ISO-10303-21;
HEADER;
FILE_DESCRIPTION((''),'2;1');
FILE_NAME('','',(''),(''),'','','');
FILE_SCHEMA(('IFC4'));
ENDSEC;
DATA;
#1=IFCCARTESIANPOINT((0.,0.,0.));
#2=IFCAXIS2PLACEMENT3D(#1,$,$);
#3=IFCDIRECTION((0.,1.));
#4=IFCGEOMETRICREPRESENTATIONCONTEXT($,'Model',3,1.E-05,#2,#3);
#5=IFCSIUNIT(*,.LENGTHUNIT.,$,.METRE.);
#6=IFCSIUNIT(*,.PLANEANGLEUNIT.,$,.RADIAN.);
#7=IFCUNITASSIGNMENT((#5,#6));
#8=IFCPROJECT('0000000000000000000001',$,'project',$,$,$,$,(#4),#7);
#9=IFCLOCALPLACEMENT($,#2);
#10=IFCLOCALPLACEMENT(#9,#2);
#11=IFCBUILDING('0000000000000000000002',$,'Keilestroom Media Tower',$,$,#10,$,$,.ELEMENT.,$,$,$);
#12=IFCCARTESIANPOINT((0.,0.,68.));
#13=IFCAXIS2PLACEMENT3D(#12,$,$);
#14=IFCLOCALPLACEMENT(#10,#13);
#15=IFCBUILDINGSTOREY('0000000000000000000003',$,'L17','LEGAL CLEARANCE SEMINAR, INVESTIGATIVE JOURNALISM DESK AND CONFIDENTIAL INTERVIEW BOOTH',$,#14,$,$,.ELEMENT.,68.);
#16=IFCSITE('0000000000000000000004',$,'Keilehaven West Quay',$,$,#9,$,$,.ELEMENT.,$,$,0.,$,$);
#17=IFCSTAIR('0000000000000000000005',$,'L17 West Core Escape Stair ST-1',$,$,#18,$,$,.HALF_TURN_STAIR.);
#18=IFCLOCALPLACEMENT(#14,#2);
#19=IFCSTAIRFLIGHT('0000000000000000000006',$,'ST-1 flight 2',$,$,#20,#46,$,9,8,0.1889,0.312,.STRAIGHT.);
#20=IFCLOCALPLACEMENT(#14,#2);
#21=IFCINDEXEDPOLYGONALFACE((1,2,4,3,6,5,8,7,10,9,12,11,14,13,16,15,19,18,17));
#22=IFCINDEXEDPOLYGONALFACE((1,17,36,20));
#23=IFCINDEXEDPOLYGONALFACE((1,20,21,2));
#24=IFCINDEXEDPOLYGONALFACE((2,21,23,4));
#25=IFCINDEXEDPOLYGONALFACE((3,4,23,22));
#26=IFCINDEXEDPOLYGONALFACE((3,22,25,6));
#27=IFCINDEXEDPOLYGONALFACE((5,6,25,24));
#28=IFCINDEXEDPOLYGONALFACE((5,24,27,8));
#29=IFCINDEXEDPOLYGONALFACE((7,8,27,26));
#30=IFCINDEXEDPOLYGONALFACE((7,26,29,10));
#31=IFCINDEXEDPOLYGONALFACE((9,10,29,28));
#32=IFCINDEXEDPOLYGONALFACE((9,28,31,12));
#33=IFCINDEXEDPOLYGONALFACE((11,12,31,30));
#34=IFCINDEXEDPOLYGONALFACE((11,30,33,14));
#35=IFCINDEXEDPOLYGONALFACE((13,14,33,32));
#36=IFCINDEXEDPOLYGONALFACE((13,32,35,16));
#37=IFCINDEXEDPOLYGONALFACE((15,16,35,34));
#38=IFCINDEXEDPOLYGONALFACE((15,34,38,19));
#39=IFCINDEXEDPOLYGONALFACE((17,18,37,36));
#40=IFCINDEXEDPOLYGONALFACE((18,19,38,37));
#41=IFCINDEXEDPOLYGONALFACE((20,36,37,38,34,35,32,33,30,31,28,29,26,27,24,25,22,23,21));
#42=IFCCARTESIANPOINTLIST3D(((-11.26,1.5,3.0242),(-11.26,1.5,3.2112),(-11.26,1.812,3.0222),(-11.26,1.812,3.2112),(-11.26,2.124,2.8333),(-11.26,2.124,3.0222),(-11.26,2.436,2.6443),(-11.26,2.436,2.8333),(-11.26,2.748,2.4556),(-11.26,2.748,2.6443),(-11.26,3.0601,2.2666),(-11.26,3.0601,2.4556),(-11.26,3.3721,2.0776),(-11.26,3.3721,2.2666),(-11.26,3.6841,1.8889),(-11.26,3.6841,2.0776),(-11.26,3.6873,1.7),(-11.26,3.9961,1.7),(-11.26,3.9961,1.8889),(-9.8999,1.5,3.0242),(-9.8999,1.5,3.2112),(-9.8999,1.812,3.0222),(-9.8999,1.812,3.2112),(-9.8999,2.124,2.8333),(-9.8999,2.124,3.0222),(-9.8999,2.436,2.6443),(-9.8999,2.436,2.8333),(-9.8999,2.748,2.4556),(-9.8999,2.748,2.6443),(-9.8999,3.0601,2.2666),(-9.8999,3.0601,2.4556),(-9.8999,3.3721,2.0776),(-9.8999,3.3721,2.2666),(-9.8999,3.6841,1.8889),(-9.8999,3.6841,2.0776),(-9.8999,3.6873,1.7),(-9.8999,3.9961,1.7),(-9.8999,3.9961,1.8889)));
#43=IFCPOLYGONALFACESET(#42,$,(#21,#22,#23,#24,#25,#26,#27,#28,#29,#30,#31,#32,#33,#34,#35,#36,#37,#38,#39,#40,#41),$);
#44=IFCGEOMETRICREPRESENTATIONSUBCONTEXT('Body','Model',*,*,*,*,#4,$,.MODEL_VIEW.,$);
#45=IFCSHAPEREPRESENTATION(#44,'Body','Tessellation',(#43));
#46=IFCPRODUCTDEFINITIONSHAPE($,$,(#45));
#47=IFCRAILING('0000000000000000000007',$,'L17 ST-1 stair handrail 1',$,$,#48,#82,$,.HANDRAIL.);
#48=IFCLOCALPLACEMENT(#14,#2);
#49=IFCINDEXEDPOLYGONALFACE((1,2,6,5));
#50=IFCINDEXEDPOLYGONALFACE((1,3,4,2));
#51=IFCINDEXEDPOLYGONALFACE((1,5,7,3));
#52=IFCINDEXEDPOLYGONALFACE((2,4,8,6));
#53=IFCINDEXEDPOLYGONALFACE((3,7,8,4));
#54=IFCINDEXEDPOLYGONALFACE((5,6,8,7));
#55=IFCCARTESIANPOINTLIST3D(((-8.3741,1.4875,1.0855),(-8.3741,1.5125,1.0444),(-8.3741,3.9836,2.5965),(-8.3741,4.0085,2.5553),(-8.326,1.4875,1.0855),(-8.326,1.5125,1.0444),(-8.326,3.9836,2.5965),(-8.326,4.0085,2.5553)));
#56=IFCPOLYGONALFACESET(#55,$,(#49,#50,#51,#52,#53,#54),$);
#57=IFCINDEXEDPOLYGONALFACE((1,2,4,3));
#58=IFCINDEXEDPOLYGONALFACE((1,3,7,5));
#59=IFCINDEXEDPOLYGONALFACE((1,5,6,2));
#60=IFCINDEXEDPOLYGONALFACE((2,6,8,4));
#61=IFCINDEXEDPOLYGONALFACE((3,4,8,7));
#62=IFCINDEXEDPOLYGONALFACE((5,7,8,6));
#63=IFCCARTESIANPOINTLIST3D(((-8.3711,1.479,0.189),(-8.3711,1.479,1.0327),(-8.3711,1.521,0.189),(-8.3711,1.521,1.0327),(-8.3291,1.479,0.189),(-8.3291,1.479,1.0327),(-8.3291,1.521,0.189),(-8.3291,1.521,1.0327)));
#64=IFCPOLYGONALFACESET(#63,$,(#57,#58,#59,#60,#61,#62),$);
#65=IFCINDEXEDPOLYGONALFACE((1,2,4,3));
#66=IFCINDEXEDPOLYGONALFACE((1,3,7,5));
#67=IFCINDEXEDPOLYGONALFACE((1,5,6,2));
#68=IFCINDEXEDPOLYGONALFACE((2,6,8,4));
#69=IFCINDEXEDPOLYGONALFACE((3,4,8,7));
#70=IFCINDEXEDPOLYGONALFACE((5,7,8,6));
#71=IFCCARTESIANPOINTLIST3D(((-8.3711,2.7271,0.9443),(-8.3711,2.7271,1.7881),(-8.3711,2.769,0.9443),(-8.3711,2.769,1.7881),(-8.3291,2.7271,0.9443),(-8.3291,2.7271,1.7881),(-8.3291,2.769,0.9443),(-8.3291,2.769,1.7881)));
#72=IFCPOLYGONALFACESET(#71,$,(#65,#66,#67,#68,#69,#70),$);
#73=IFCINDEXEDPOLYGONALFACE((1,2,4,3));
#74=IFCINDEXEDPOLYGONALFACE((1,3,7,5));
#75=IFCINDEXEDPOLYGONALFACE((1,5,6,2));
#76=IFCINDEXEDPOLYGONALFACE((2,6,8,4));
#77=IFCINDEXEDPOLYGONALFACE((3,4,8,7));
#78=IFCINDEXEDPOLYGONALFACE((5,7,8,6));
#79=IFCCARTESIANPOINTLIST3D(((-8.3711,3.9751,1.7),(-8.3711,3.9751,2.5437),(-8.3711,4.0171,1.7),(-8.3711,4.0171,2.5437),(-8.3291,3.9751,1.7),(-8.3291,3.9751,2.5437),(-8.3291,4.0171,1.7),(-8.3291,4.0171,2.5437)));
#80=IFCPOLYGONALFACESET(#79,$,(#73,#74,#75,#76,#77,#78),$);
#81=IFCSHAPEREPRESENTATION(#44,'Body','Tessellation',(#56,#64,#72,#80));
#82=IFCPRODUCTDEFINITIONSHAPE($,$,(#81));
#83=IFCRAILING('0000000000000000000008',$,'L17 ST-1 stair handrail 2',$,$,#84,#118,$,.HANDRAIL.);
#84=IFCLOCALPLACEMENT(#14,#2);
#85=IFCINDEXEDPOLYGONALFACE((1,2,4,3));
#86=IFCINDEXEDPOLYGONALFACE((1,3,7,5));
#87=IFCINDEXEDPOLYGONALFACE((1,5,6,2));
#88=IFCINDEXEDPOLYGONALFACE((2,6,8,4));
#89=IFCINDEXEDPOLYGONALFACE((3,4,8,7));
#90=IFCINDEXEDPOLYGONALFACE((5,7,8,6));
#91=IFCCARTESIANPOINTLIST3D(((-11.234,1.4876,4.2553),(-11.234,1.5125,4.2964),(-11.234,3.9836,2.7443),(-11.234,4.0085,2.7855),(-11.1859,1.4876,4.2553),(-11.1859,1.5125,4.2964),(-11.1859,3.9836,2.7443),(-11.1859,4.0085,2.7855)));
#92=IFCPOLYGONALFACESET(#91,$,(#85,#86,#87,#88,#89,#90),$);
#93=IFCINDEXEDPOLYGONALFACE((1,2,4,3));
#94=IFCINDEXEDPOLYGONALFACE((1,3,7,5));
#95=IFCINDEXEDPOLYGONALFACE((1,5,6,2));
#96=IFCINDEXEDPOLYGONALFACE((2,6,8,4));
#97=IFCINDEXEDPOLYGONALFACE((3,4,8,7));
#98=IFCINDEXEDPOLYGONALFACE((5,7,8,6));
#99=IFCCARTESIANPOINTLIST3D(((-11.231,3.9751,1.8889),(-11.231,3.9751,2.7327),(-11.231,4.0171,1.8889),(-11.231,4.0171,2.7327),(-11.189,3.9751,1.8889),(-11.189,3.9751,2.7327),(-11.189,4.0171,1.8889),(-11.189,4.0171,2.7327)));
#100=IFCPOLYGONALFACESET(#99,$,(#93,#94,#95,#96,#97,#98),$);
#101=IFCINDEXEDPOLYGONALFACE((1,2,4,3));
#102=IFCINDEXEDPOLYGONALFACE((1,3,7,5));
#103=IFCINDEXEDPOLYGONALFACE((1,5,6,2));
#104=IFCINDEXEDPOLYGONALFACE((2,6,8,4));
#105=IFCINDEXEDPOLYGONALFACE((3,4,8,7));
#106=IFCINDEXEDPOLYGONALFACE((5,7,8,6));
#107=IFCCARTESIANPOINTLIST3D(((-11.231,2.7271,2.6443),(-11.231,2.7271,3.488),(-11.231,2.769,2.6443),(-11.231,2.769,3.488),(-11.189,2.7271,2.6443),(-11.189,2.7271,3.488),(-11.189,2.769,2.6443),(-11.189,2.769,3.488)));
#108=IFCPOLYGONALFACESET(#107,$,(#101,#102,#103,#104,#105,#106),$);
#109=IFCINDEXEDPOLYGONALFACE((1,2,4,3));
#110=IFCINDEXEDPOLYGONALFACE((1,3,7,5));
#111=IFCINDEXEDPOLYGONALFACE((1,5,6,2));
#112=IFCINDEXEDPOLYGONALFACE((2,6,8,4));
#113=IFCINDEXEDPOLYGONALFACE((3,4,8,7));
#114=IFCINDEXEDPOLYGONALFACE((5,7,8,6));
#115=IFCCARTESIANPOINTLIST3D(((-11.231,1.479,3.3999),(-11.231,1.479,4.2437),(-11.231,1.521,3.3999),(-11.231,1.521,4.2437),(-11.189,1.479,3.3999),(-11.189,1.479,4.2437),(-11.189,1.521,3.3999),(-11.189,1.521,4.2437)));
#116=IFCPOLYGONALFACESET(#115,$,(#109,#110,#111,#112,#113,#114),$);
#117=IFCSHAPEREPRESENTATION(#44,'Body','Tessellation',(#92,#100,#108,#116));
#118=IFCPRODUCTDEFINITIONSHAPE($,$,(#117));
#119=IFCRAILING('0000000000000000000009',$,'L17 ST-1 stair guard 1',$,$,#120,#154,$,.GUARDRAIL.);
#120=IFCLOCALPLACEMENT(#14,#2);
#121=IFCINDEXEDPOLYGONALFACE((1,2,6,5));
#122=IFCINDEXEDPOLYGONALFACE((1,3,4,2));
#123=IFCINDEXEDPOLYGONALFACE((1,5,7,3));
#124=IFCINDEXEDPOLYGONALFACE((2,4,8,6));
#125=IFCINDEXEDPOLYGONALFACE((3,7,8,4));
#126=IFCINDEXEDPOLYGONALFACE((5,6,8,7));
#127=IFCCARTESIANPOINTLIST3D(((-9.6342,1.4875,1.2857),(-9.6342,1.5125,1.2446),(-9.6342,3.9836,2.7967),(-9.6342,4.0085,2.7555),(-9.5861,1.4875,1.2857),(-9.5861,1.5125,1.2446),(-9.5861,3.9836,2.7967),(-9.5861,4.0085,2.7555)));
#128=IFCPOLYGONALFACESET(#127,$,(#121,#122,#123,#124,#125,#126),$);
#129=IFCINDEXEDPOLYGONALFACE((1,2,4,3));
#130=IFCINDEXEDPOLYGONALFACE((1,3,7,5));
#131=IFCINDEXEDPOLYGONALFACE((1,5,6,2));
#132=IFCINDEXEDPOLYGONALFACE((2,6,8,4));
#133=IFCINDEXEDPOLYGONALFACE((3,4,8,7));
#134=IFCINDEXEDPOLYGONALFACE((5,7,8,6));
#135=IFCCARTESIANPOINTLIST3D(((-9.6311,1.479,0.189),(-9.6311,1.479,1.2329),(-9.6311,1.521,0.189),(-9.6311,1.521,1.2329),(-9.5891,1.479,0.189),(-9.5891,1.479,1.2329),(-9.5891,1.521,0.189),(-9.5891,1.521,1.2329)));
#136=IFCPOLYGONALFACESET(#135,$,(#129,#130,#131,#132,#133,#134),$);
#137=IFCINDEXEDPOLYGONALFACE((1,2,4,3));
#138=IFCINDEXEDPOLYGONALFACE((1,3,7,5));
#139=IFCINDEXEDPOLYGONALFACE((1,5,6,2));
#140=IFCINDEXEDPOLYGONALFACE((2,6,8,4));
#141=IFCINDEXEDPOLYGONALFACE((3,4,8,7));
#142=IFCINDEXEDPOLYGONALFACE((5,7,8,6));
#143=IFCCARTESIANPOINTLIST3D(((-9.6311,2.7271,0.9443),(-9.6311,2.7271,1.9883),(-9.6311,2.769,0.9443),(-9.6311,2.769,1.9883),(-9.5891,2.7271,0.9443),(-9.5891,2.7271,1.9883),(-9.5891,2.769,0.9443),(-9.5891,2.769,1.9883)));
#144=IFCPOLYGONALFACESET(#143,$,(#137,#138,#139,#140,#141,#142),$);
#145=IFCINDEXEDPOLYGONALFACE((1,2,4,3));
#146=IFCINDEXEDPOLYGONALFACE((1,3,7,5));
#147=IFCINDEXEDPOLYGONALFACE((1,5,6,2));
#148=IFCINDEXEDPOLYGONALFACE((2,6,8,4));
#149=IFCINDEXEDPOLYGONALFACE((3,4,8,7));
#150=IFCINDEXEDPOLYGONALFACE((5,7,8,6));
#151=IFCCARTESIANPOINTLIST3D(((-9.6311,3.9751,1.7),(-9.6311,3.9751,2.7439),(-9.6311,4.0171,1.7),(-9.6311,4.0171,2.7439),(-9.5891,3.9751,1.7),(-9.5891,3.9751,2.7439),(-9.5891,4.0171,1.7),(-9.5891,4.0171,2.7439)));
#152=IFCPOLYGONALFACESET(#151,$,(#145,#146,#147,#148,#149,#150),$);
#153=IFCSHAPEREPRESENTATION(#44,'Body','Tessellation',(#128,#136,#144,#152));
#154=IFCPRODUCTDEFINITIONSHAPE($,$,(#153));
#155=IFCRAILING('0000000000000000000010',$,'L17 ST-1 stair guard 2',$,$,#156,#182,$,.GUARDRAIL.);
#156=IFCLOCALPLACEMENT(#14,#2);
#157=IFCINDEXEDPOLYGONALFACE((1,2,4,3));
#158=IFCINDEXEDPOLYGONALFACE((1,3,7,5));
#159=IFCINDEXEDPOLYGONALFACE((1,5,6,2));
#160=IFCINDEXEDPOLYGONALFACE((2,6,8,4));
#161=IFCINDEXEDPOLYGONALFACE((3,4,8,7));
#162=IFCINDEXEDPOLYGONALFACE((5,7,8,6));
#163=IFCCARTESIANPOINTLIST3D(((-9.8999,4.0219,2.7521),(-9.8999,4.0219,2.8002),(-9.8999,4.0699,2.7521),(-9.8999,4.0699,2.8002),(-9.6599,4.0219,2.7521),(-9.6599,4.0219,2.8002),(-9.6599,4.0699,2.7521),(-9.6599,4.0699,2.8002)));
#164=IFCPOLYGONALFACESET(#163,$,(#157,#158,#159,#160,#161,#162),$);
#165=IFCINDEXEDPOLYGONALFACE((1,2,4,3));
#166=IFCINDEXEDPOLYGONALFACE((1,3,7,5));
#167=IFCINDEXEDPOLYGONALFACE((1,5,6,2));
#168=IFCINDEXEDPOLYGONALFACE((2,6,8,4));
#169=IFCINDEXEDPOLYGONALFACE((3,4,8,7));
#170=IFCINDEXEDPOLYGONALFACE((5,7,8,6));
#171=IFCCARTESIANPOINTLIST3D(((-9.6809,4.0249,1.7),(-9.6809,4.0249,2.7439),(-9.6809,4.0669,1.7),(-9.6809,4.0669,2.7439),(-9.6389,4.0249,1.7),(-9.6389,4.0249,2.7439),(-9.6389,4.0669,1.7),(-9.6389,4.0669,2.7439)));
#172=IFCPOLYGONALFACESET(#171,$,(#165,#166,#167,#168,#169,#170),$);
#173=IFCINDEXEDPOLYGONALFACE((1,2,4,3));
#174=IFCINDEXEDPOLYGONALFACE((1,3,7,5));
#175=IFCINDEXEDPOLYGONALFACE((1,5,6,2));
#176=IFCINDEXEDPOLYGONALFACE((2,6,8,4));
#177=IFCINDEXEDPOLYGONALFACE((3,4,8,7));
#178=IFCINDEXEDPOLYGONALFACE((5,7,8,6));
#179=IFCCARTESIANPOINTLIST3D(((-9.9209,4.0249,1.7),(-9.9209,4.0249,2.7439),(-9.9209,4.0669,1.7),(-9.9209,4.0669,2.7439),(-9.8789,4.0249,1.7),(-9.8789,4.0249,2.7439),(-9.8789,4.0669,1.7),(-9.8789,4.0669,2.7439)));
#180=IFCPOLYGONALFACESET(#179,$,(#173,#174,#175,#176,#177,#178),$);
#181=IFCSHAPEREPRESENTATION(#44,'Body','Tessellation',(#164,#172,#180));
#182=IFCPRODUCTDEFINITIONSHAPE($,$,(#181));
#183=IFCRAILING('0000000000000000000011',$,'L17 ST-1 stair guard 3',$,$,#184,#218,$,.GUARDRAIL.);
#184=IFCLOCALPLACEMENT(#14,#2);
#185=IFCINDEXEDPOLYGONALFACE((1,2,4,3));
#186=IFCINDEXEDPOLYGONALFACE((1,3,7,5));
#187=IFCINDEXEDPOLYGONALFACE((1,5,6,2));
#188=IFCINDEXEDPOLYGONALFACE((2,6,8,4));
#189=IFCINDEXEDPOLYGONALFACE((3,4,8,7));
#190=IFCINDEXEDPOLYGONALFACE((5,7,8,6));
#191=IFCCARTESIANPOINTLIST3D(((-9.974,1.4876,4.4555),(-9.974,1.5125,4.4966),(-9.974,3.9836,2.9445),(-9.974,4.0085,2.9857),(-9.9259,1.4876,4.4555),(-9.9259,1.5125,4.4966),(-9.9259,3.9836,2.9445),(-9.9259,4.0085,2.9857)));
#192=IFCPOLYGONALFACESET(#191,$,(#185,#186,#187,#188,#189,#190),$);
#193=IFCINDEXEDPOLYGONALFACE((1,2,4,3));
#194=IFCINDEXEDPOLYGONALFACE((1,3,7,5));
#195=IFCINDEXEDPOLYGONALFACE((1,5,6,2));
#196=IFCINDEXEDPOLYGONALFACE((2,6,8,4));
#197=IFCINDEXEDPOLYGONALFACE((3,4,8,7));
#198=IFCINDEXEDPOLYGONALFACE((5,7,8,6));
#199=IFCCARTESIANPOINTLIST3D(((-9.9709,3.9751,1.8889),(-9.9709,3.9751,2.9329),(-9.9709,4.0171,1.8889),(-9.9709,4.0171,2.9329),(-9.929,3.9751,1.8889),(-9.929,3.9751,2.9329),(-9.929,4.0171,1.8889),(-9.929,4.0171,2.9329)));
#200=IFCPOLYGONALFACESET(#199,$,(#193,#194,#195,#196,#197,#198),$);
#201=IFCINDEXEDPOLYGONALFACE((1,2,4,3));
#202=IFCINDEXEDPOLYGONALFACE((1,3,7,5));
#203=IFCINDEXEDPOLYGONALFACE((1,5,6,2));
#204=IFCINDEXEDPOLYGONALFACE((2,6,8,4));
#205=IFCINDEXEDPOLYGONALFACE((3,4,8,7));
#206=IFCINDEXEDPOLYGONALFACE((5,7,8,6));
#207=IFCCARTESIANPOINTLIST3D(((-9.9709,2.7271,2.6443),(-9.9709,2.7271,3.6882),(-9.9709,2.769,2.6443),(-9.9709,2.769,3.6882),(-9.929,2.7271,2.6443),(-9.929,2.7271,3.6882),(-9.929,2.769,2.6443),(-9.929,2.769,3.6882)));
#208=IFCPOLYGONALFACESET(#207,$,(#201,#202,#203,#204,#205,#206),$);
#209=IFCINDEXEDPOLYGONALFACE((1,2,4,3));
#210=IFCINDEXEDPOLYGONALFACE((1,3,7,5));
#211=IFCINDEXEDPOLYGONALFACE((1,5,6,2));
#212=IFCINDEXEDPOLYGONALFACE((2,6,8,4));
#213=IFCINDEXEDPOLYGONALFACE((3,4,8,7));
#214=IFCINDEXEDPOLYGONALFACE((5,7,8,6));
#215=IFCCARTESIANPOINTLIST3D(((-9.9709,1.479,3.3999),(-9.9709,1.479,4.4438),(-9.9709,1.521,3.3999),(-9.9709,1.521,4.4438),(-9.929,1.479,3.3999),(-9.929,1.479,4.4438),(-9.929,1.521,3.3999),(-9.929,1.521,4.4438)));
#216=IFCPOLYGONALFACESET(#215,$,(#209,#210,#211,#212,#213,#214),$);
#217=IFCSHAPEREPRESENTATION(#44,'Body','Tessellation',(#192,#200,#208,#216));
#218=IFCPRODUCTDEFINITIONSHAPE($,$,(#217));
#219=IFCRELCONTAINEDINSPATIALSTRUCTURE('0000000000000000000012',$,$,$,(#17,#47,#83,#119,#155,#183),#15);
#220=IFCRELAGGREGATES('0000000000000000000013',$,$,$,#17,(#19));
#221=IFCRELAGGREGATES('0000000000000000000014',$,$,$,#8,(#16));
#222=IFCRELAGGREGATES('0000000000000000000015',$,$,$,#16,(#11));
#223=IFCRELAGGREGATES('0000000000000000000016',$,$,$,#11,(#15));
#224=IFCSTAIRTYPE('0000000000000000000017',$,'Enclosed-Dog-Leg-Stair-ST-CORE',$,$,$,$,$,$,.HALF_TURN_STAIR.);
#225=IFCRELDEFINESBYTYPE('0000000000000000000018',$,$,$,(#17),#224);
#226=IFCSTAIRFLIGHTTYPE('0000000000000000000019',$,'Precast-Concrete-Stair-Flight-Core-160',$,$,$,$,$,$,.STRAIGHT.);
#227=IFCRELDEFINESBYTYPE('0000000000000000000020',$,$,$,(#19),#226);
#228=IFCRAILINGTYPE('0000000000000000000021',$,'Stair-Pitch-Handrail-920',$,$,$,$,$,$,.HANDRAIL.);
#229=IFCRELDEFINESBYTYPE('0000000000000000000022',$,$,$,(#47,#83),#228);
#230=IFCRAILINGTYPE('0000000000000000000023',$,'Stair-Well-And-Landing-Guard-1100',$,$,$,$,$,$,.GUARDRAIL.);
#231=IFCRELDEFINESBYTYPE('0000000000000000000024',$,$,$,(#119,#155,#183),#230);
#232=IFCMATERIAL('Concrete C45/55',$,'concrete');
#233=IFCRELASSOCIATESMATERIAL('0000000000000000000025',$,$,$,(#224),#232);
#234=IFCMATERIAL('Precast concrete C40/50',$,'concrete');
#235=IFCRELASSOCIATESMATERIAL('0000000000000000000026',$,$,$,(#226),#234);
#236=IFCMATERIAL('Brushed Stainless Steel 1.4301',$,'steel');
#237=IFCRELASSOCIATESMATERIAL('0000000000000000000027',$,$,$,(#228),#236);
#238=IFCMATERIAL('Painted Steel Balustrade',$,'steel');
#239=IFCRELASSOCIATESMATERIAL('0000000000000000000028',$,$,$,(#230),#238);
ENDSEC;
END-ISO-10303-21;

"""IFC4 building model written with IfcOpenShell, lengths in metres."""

from ifc_helpers import new_model, si_unit, direction, frame, origin, origin_2d, place, context, subcontext, project, spatial, polyline, rectangle, outline, extrude, material, type_object, element, aggregate, save


model = new_model("IFC4")

# Units and contexts
model_context = context("Model", 3, precision=1e-05, world=origin(), true_north=direction((0.0, 1.0)))
body_context = subcontext(model_context, "Body", "Model", "MODEL_VIEW")
ifc_project = project(units=[si_unit("LENGTHUNIT", "METRE"), si_unit("PLANEANGLEUNIT", "RADIAN")], contexts=[model_context])

# Site, building, storey
site_placement = place(None, origin())
site = spatial("IfcSite", under=ifc_project, at=site_placement, Name="Keilehaven West Quay", CompositionType="ELEMENT", RefElevation=0.0)
building_placement = place(site_placement, origin())
building = spatial("IfcBuilding", under=site, at=building_placement, Name="Keilestroom Media Tower", CompositionType="ELEMENT")
storey_placement = place(building_placement, frame((0.0, 0.0, 68.0)))
storey = spatial("IfcBuildingStorey", under=building, at=storey_placement, Name="L17", Description="LEGAL CLEARANCE SEMINAR, INVESTIGATIVE JOURNALISM DESK AND CONFIDENTIAL INTERVIEW BOOTH", CompositionType="ELEMENT", Elevation=68.0)

# Shared definitions
ifc_material_1 = material(Name="Precast concrete C40/50", Category="concrete")

# Stair, stair flight
ifc_material_2 = material(Name="Concrete C45/55", Category="concrete")
stair_type = type_object("IfcStairType", Name="Enclosed-Dog-Leg-Stair-ST-CORE", PredefinedType="HALF_TURN_STAIR", material=ifc_material_2)
stair_placement = place(storey_placement, origin())
stair = element("IfcStair", 1, at=stair_placement, inside=storey, type_object=stair_type, Name="L17 West Core Escape Stair ST-1", PredefinedType="HALF_TURN_STAIR")
stair_flight_type = type_object("IfcStairFlightType", Name="Precast-Concrete-Stair-Flight-Core-160", PredefinedType="STRAIGHT", material=ifc_material_1)
stair_flight_1_placement = place(storey_placement, frame((-10.5801, 3.9961, 1.7), z_axis=(0.0, 0.0, 1.0), x_axis=(0.0, -1.0, 0.0)))
stair_flight_1 = element("IfcStairFlight", 2, at=stair_flight_1_placement, type_object=stair_flight_type, Name="ST-1 flight 2", NumberOfRisers=9, NumberOfTreads=8, PredefinedType="STRAIGHT", RiserHeight=0.1889, TreadLength=0.312, context=body_context, shape_type="SweptSolid", body=[
    extrude(outline(polyline([(0.0, 0.0), (0.0, 0.189), (0.312, 0.189), (0.312, 0.3777), (0.624, 0.3777), (0.624, 0.5667), (0.936, 0.5667), (0.936, 0.7556), (1.248, 0.7556), (1.248, 0.9443), (1.5601, 0.9443), (1.5601, 1.1333), (1.8721, 1.1333), (1.8721, 1.3223), (2.1841, 1.3223), (2.1841, 1.5112), (2.4961, 1.5112), (2.4961, 1.7), (2.4961, 1.3242), (0.3088, 0.0), (0.0, 0.0)])), frame((0.0, 0.6802, 0.0), z_axis=(0.0, -1.0, 0.0), x_axis=(1.0, 0.0, 0.0)), (0.0, 0.0, 1.0), 1.3601),
])
aggregate(stair, [stair_flight_1])

# Railings
ifc_material_3 = material(Name="Brushed Stainless Steel 1.4301", Category="steel")
railing_type_1 = type_object("IfcRailingType", Name="Stair-Pitch-Handrail-920", PredefinedType="HANDRAIL", material=ifc_material_3)
railing_1_placement = place(storey_placement, frame((-8.3501, 1.5, 0.189)))
element("IfcRailing", 3, at=railing_1_placement, inside=storey, type_object=railing_type_1, Name="L17 ST-1 stair handrail 1", PredefinedType="HANDRAIL", context=body_context, shape_type="SweptSolid", body=[
    extrude(rectangle(XDim=0.0481, YDim=0.0481, at=origin_2d()), frame((0.0, 0.0, 0.876), z_axis=(0.0, 0.855471, 0.517851), x_axis=(-1.0, 0.0, 0.0)), (0.0, 0.0, 1.0), 2.9177),
    extrude(rectangle(XDim=0.042, YDim=0.042, at=origin_2d()), origin(), (0.0, 0.0, 1.0), 0.8438),
    extrude(rectangle(XDim=0.042, YDim=0.042, at=origin_2d()), frame((0.0, 1.248, 0.7554)), (0.0, 0.0, 1.0), 0.8438),
    extrude(rectangle(XDim=0.042, YDim=0.042, at=origin_2d()), frame((0.0, 2.4961, 1.511)), (0.0, 0.0, 1.0), 0.8438),
])
railing_2_placement = place(storey_placement, frame((-11.21, 3.9961, 1.8889)))
element("IfcRailing", 4, at=railing_2_placement, inside=storey, type_object=railing_type_1, Name="L17 ST-1 stair handrail 2", PredefinedType="HANDRAIL", context=body_context, shape_type="SweptSolid", body=[
    extrude(rectangle(XDim=0.0481, YDim=0.0481, at=origin_2d()), frame((0.0, 0.0, 0.876), z_axis=(0.0, -0.855471, 0.517851), x_axis=(1.0, 0.0, 0.0)), (0.0, 0.0, 1.0), 2.9177),
    extrude(rectangle(XDim=0.042, YDim=0.042, at=origin_2d()), origin(), (0.0, 0.0, 1.0), 0.8438),
    extrude(rectangle(XDim=0.042, YDim=0.042, at=origin_2d()), frame((0.0, -1.248, 0.7554)), (0.0, 0.0, 1.0), 0.8438),
    extrude(rectangle(XDim=0.042, YDim=0.042, at=origin_2d()), frame((0.0, -2.4961, 1.511)), (0.0, 0.0, 1.0), 0.8438),
])
ifc_material_4 = material(Name="Painted Steel Balustrade", Category="steel")
railing_type_2 = type_object("IfcRailingType", Name="Stair-Well-And-Landing-Guard-1100", PredefinedType="GUARDRAIL", material=ifc_material_4)
railing_3_placement = place(storey_placement, frame((-9.6101, 1.5, 0.189)))
element("IfcRailing", 5, at=railing_3_placement, inside=storey, type_object=railing_type_2, Name="L17 ST-1 stair guard 1", PredefinedType="GUARDRAIL", context=body_context, shape_type="SweptSolid", body=[
    extrude(rectangle(XDim=0.0481, YDim=0.0481, at=origin_2d()), frame((0.0, 0.0, 1.0762), z_axis=(0.0, 0.855471, 0.517851), x_axis=(-1.0, 0.0, 0.0)), (0.0, 0.0, 1.0), 2.9177),
    extrude(rectangle(XDim=0.042, YDim=0.042, at=origin_2d()), origin(), (0.0, 0.0, 1.0), 1.0439),
    extrude(rectangle(XDim=0.042, YDim=0.042, at=origin_2d()), frame((0.0, 1.248, 0.7554)), (0.0, 0.0, 1.0), 1.0439),
    extrude(rectangle(XDim=0.042, YDim=0.042, at=origin_2d()), frame((0.0, 2.4961, 1.511)), (0.0, 0.0, 1.0), 1.0439),
])
railing_4_placement = place(storey_placement, frame((-9.6599, 4.0459, 1.7)))
element("IfcRailing", 6, at=railing_4_placement, inside=storey, type_object=railing_type_2, Name="L17 ST-1 stair guard 2", PredefinedType="GUARDRAIL", context=body_context, shape_type="SweptSolid", body=[
    extrude(rectangle(XDim=0.0481, YDim=0.0481, at=origin_2d()), frame((0.0, 0.0, 1.0762), z_axis=(-1.0, 0.0, 0.0), x_axis=(0.0, -1.0, 0.0)), (0.0, 0.0, 1.0), 0.24),
    extrude(rectangle(XDim=0.042, YDim=0.042, at=origin_2d()), origin(), (0.0, 0.0, 1.0), 1.0439),
    extrude(rectangle(XDim=0.042, YDim=0.042, at=origin_2d()), frame((-0.24, 0.0, 0.0)), (0.0, 0.0, 1.0), 1.0439),
])
railing_5_placement = place(storey_placement, frame((-9.95, 3.9961, 1.8889)))
element("IfcRailing", 7, at=railing_5_placement, inside=storey, type_object=railing_type_2, Name="L17 ST-1 stair guard 3", PredefinedType="GUARDRAIL", context=body_context, shape_type="SweptSolid", body=[
    extrude(rectangle(XDim=0.0481, YDim=0.0481, at=origin_2d()), frame((0.0, 0.0, 1.0762), z_axis=(0.0, -0.855471, 0.517851), x_axis=(1.0, 0.0, 0.0)), (0.0, 0.0, 1.0), 2.9177),
    extrude(rectangle(XDim=0.042, YDim=0.042, at=origin_2d()), origin(), (0.0, 0.0, 1.0), 1.0439),
    extrude(rectangle(XDim=0.042, YDim=0.042, at=origin_2d()), frame((0.0, -1.248, 0.7554)), (0.0, 0.0, 1.0), 1.0439),
    extrude(rectangle(XDim=0.042, YDim=0.042, at=origin_2d()), frame((0.0, -2.4961, 1.511)), (0.0, 0.0, 1.0), 1.0439),
])

save(model, "model.ifc")
